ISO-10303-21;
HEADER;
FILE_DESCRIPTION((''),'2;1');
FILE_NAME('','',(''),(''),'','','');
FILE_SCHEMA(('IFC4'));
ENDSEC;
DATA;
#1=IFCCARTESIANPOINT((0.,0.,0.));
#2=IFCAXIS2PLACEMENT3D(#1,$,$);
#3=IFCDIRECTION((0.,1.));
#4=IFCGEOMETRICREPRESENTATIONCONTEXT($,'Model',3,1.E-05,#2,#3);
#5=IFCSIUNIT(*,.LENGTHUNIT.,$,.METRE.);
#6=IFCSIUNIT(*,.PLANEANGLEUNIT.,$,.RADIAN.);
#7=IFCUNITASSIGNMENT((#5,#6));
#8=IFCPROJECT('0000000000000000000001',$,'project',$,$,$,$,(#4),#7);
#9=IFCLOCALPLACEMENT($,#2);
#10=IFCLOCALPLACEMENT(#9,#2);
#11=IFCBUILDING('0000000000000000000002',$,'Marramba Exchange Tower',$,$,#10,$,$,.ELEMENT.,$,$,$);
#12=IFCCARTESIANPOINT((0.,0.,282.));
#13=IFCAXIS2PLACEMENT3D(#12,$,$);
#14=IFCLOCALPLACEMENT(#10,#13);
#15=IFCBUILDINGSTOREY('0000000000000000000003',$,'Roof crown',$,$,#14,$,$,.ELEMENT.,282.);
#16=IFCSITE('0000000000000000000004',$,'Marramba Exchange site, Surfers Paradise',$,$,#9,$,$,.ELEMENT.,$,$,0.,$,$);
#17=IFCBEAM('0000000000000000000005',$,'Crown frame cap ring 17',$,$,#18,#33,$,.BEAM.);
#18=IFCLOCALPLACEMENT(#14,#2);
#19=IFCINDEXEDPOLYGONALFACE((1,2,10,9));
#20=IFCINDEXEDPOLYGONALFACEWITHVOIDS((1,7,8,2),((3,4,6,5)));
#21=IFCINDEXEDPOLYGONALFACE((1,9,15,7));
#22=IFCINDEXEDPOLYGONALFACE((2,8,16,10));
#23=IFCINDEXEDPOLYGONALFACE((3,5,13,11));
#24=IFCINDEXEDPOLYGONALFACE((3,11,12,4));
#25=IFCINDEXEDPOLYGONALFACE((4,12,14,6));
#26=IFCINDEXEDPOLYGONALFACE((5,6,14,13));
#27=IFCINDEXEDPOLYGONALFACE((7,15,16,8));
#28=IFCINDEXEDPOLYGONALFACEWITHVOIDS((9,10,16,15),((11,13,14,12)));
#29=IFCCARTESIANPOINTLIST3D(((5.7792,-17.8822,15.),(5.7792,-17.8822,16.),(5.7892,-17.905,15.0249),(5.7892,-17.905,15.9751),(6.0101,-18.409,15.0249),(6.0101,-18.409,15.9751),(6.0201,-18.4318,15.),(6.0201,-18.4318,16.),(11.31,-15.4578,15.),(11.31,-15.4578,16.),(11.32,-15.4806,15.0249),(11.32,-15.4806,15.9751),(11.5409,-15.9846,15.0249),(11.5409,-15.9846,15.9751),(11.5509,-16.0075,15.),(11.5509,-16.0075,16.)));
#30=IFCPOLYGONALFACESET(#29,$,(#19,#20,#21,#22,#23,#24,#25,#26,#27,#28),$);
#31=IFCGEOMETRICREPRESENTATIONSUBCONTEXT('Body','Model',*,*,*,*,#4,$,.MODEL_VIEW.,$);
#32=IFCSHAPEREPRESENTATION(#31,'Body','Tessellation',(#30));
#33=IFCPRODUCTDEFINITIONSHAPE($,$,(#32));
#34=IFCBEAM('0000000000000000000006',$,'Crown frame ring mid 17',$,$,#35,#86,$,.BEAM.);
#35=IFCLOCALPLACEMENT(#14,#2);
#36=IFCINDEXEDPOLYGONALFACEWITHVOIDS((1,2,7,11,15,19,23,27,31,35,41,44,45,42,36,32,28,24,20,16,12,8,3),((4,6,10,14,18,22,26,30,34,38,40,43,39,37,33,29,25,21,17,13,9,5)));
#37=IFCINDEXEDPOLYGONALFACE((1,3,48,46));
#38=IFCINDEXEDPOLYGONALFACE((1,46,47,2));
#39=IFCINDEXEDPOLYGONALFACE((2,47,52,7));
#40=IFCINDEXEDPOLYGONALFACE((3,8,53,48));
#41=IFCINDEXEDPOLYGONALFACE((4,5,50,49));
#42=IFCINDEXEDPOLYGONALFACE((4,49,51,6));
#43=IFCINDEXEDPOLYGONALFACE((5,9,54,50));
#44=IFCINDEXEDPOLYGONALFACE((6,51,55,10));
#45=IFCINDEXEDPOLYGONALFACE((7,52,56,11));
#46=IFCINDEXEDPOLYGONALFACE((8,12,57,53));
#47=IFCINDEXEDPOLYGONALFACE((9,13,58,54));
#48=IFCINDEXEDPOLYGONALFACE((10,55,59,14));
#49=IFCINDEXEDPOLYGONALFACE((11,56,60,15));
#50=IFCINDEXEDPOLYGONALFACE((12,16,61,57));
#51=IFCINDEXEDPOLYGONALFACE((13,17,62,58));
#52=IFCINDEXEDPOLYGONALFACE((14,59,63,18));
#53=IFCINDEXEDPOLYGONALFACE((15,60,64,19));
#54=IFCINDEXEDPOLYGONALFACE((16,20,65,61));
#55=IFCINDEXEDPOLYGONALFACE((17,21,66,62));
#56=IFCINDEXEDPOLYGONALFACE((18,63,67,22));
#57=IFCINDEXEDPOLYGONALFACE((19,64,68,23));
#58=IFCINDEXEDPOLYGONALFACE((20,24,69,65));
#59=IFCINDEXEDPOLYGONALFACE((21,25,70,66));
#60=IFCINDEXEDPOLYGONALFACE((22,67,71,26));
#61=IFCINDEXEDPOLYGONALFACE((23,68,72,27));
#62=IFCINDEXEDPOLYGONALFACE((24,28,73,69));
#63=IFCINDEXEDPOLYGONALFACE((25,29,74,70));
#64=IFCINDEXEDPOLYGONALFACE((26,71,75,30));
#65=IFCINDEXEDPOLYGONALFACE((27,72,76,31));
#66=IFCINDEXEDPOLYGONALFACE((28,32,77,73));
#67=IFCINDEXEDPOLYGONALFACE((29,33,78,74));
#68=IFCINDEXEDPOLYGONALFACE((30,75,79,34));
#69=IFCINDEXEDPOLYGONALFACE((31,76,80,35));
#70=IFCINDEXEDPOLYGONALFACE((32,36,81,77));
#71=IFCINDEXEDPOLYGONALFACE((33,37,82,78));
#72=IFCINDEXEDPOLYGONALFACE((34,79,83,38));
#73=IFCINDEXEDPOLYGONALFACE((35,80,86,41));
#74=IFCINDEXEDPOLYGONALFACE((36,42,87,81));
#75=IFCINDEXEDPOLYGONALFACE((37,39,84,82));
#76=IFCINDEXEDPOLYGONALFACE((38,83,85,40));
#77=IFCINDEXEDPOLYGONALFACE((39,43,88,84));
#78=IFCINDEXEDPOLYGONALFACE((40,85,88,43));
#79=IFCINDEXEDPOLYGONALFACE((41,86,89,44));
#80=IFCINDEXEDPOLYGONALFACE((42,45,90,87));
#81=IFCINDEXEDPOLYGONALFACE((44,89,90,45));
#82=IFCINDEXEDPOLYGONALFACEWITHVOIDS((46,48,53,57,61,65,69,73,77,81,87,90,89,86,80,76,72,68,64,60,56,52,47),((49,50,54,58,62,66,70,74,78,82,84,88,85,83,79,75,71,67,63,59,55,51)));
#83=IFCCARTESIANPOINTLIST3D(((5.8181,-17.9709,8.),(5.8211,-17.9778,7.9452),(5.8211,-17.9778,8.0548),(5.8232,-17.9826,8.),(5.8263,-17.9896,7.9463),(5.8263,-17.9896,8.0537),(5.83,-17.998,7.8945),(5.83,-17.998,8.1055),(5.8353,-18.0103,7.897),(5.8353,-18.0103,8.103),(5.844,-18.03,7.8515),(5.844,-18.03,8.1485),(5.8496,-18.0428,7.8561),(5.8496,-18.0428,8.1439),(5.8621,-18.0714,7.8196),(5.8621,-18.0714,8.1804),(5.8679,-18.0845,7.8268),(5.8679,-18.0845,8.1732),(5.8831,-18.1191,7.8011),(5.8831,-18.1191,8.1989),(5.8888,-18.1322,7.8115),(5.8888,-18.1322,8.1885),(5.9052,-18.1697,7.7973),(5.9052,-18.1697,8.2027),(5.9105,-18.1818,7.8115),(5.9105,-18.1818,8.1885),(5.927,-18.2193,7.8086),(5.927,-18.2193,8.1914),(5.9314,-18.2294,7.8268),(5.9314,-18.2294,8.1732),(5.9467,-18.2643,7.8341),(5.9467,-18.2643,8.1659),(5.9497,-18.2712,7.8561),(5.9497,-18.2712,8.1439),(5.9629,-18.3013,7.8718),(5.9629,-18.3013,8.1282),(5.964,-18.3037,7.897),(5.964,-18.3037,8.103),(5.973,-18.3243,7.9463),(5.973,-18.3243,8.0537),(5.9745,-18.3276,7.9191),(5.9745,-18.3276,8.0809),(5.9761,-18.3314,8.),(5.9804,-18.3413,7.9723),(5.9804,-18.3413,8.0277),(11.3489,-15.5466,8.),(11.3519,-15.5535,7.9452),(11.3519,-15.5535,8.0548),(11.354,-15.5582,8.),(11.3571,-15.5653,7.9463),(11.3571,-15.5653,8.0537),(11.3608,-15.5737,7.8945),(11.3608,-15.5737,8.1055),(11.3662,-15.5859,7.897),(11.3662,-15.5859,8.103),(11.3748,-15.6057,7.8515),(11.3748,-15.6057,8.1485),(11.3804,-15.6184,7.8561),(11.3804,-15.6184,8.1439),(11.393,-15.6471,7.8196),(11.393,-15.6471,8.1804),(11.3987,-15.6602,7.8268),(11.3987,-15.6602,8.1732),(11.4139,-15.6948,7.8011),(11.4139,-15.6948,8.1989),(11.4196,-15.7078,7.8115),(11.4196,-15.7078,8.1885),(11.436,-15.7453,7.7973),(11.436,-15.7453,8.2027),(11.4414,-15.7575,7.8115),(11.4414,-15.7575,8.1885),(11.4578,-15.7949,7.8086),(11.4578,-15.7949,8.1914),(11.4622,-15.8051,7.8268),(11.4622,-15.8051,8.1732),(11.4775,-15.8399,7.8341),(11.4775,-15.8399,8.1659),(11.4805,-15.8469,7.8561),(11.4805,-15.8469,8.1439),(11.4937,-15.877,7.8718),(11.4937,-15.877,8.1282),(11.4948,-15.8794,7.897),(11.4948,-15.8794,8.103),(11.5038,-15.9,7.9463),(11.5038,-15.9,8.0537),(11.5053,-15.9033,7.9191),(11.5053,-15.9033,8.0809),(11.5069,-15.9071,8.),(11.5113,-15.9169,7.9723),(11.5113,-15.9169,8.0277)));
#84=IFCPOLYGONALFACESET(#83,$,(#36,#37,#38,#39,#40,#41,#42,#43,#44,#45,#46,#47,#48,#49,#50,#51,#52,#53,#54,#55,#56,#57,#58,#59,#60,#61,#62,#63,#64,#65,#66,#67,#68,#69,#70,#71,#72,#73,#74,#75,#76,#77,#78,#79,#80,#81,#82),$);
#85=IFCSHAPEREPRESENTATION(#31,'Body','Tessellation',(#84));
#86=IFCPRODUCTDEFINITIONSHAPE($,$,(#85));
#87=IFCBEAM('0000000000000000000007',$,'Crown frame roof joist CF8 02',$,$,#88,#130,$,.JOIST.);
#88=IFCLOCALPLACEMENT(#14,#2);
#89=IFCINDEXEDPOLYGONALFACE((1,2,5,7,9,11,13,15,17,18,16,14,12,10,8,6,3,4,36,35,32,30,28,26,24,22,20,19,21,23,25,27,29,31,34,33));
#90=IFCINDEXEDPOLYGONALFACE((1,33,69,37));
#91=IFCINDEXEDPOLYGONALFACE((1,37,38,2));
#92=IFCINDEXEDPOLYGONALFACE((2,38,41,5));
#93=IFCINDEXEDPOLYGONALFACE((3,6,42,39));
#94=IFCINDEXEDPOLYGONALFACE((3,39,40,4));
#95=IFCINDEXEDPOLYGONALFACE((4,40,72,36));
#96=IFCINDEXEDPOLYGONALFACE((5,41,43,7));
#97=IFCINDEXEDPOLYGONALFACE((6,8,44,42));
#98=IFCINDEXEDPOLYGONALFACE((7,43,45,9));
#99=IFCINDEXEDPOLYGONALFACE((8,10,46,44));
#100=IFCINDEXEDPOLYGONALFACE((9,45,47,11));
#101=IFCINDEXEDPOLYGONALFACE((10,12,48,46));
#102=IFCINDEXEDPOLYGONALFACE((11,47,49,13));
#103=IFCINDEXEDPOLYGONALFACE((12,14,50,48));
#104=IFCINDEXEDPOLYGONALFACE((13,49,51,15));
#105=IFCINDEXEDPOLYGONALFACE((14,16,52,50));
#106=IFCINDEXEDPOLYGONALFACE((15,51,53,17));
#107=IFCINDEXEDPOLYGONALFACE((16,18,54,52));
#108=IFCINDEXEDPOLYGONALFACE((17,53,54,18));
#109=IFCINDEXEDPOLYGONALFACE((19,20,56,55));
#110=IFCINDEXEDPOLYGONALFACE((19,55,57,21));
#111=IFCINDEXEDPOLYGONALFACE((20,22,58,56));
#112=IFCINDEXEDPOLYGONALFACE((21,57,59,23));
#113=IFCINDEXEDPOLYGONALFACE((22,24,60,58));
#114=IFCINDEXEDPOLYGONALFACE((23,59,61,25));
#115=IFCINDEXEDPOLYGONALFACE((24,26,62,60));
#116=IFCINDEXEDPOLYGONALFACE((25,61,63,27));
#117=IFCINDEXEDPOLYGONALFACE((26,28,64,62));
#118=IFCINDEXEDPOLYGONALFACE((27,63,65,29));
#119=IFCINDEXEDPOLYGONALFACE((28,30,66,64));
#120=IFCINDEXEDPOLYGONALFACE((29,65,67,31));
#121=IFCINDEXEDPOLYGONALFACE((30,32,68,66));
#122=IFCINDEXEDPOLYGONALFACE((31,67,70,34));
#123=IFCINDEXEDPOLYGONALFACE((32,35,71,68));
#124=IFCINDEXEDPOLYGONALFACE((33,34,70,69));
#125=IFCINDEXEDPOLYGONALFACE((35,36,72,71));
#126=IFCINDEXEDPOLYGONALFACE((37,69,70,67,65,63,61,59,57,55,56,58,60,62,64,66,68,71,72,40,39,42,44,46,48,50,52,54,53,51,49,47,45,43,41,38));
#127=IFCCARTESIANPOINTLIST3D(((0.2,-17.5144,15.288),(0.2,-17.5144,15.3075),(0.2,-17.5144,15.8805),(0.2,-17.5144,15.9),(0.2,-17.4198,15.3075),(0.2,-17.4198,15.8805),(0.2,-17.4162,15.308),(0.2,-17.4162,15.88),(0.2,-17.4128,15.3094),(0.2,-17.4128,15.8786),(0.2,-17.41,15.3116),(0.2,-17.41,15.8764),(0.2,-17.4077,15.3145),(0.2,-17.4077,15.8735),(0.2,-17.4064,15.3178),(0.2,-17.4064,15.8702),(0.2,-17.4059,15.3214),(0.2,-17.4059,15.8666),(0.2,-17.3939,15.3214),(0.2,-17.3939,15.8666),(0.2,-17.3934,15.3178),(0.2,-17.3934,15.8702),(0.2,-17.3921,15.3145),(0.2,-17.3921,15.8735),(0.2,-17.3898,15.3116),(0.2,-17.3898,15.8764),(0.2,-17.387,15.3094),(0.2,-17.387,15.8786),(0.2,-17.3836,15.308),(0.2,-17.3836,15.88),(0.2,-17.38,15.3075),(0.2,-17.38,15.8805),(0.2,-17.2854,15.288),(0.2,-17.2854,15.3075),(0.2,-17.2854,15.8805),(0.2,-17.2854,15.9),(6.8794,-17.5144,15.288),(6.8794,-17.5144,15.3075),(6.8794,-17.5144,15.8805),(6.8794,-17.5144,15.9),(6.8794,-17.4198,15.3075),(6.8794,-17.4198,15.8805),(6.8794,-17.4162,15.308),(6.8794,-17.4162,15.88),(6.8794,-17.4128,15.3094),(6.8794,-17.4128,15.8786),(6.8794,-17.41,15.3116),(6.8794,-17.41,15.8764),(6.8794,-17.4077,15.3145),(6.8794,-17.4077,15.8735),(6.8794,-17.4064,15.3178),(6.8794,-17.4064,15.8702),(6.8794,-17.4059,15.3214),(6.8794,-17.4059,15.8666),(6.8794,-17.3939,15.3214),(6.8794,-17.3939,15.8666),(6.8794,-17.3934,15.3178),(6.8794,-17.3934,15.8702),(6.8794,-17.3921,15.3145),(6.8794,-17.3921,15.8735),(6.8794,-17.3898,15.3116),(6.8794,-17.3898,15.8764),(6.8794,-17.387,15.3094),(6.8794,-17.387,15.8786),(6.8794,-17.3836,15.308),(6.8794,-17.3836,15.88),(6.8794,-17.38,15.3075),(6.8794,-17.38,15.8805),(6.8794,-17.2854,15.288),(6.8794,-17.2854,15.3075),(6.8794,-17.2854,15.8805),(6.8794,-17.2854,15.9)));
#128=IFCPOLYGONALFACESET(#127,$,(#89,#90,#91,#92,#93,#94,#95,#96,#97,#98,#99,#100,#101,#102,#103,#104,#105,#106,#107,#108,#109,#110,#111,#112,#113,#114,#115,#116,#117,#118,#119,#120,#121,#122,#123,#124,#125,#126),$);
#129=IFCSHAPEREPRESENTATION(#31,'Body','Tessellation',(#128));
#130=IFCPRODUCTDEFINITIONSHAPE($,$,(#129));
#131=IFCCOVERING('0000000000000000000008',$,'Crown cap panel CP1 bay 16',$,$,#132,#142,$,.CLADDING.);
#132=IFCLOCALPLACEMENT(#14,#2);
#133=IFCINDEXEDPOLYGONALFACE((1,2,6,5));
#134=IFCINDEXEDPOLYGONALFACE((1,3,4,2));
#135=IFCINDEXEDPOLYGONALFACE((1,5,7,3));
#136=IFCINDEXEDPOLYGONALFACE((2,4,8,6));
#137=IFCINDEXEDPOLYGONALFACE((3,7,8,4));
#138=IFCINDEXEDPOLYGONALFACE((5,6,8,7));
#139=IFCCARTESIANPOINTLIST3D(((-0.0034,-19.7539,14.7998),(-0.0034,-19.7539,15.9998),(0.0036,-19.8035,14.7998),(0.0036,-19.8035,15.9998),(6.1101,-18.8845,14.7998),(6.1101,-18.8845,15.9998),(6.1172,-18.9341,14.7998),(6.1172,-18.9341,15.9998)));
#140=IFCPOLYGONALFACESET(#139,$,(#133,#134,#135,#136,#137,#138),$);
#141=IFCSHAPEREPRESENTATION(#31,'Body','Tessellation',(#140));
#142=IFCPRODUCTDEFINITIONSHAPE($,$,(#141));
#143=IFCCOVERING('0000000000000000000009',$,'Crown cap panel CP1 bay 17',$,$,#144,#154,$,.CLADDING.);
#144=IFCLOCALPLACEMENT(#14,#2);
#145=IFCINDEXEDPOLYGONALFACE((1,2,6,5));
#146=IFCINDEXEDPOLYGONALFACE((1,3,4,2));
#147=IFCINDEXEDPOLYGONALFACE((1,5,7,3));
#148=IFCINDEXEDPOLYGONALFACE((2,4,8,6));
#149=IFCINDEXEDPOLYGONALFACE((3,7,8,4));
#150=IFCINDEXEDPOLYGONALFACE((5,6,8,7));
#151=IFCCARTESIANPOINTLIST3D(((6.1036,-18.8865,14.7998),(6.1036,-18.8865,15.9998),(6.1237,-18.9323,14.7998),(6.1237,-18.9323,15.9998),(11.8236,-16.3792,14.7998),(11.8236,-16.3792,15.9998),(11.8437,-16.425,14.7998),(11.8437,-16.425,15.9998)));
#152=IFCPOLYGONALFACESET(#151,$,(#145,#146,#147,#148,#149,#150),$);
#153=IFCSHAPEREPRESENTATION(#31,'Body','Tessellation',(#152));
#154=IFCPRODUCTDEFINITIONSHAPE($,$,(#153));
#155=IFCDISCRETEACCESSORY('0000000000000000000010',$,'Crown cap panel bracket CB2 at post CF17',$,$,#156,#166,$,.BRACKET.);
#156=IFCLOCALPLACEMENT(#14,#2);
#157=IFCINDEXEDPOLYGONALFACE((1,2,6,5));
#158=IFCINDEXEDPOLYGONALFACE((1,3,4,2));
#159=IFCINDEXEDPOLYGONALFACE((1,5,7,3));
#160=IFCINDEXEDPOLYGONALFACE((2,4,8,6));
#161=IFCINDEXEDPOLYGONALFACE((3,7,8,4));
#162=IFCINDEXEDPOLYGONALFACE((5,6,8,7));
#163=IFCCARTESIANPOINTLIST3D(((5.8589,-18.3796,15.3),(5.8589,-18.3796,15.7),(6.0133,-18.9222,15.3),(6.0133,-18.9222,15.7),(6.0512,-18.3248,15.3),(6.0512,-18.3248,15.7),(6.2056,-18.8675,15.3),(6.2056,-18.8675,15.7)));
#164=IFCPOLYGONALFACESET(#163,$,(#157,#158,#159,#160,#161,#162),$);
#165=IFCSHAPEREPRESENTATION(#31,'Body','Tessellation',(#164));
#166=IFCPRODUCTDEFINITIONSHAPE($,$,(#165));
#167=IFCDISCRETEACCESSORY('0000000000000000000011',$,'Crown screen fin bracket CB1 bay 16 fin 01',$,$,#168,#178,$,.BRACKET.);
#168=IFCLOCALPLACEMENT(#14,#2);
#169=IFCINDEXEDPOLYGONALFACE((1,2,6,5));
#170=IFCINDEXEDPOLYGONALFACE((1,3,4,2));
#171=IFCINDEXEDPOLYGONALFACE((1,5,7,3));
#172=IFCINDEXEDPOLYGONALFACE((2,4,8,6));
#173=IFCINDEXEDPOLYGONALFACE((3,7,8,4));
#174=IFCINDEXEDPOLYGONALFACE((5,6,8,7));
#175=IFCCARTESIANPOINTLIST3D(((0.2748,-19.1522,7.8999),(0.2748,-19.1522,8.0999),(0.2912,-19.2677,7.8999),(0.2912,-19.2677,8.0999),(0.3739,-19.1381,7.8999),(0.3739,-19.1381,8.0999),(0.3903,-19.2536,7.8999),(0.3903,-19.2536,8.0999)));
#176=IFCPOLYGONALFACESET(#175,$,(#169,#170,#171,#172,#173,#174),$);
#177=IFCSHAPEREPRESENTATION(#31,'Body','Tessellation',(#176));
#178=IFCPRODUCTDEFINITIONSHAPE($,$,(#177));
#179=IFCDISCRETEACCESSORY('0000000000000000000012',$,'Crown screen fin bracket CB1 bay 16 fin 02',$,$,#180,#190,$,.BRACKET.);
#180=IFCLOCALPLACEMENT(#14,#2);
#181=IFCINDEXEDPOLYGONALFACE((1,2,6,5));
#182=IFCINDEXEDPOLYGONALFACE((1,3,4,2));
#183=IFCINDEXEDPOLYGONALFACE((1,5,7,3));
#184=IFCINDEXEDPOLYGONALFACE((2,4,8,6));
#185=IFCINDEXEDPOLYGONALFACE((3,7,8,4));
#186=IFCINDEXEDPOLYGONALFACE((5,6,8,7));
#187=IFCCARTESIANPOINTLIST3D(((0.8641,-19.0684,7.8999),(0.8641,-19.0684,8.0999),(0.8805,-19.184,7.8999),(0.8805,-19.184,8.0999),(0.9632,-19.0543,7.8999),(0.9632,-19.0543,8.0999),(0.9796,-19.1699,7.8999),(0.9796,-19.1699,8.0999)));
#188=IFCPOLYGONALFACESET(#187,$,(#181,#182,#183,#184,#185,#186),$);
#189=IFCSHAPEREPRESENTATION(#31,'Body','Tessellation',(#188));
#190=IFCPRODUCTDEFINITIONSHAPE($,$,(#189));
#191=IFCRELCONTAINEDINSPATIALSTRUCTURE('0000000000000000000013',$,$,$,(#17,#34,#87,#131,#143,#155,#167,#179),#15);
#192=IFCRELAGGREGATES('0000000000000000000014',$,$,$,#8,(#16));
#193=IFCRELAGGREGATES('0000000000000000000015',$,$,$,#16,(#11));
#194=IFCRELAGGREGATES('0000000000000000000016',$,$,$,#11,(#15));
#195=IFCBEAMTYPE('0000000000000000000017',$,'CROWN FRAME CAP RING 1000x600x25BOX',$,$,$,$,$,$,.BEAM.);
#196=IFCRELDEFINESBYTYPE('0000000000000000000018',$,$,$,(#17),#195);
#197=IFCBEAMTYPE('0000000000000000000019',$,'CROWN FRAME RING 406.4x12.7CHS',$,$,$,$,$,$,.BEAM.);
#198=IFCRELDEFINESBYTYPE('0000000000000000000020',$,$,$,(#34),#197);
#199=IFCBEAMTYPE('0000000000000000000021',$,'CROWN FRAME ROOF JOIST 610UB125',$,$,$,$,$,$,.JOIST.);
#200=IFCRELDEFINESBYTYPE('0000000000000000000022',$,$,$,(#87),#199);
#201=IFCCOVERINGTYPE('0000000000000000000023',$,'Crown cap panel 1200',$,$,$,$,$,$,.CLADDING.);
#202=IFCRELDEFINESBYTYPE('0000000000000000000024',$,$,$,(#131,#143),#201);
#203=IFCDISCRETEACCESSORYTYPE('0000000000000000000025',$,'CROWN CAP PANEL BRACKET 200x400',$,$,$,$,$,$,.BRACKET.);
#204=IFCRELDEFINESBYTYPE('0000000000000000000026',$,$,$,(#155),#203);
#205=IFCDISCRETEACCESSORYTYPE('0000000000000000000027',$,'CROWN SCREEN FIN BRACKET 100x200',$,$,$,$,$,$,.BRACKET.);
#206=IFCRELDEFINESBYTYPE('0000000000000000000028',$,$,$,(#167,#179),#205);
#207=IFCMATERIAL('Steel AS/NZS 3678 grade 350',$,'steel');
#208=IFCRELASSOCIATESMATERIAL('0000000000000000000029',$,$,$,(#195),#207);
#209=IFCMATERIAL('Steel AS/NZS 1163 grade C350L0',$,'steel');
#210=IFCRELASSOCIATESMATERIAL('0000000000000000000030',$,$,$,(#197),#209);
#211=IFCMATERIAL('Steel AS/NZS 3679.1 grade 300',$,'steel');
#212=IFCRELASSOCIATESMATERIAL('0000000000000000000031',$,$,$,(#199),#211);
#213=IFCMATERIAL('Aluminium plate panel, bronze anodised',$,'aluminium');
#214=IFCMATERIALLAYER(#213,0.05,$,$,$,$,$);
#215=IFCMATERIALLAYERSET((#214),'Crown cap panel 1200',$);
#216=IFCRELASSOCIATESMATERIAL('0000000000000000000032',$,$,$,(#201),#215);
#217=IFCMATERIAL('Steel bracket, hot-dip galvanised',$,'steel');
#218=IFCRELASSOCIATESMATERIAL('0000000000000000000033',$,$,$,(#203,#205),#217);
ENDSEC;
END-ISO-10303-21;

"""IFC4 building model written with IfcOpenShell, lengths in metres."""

from ifc_helpers import new_model, si_unit, direction, frame, origin, origin_2d, place, context, subcontext, project, spatial, rectangle, hollow_rectangle, hollow_circle, i_section, extrude, material, layer, layer_set, material_profile, profile_set, type_object, element, save


model = new_model("IFC4")

# Units and contexts
model_context = context("Model", 3, precision=1e-05, world=origin(), true_north=direction((0.0, 1.0)))
body_context = subcontext(model_context, "Body", "Model", "MODEL_VIEW")
ifc_project = project(units=[si_unit("LENGTHUNIT", "METRE"), si_unit("PLANEANGLEUNIT", "RADIAN")], contexts=[model_context])

# Site, building, storey
site_placement = place(None, origin())
site = spatial("IfcSite", under=ifc_project, at=site_placement, Name="Marramba Exchange site, Surfers Paradise", CompositionType="ELEMENT", RefElevation=0.0)
building_placement = place(site_placement, origin())
building = spatial("IfcBuilding", under=site, at=building_placement, Name="Marramba Exchange Tower", CompositionType="ELEMENT")
storey_placement = place(building_placement, frame((0.0, 0.0, 282.0)))
storey = spatial("IfcBuildingStorey", under=building, at=storey_placement, Name="Roof crown", CompositionType="ELEMENT", Elevation=282.0)

# Beams
ifc_material_1 = material(Name="Steel AS/NZS 3678 grade 350", Category="steel")
ifc_material_profile_1 = material_profile(ifc_material_1, hollow_rectangle(XDim=0.6001, YDim=1.0, WallThickness=0.0249, at=origin_2d()), Name="1000x600x25BOX")
ifc_profile_set_1 = profile_set([ifc_material_profile_1], Name="Steel AS/NZS 3678 grade 350")
beam_type_1 = type_object("IfcBeamType", Name="CROWN FRAME CAP RING 1000x600x25BOX", PredefinedType="BEAM", material=ifc_profile_set_1)
beam_1_placement = place(storey_placement, frame((5.8997, -18.157, 15.5), z_axis=(0.915877, 0.401459, 0.0), x_axis=(-0.401459, 0.915877, 0.0)))
element("IfcBeam", 1, at=beam_1_placement, inside=storey, type_object=beam_type_1, Name="Crown frame cap ring 17", PredefinedType="BEAM", context=body_context, shape_type="SweptSolid", body=[
    extrude(hollow_rectangle(XDim=0.6001, YDim=1.0, WallThickness=0.0249, at=origin_2d()), origin(), (0.0, 0.0, 1.0), 6.0388),
])
ifc_material_2 = material(Name="Steel AS/NZS 1163 grade C350L0", Category="steel")
ifc_material_profile_2 = material_profile(ifc_material_2, hollow_circle(Radius=0.2031, WallThickness=0.0127, at=origin_2d()), Name="406.4x12.7CHS")
ifc_profile_set_2 = profile_set([ifc_material_profile_2], Name="Steel AS/NZS 1163 grade C350L0")
beam_type_2 = type_object("IfcBeamType", Name="CROWN FRAME RING 406.4x12.7CHS", PredefinedType="BEAM", material=ifc_profile_set_2)
beam_2_placement = place(storey_placement, frame((5.8997, -18.157, 8.0), z_axis=(0.915877, 0.401459, 0.0), x_axis=(-0.401459, 0.915877, 0.0)))
element("IfcBeam", 2, at=beam_2_placement, inside=storey, type_object=beam_type_2, Name="Crown frame ring mid 17", PredefinedType="BEAM", context=body_context, shape_type="SweptSolid", body=[
    extrude(hollow_circle(Radius=0.2031, WallThickness=0.0127, at=origin_2d()), origin(), (0.0, 0.0, 1.0), 6.0388),
])
ifc_material_3 = material(Name="Steel AS/NZS 3679.1 grade 300", Category="steel")
ifc_material_profile_3 = material_profile(ifc_material_3, i_section(OverallWidth=0.229, OverallDepth=0.6121, WebThickness=0.012, FlangeThickness=0.0195, FilletRadius=0.0139, at=origin_2d()), Name="610UB125")
ifc_profile_set_3 = profile_set([ifc_material_profile_3], Name="Steel AS/NZS 3679.1 grade 300")
beam_type_3 = type_object("IfcBeamType", Name="CROWN FRAME ROOF JOIST 610UB125", PredefinedType="JOIST", material=ifc_profile_set_3)
beam_3_placement = place(storey_placement, frame((0.2, -17.3999, 15.594), z_axis=(1.0, 0.0, 0.0), x_axis=(0.0, 1.0, 0.0)))
element("IfcBeam", 3, at=beam_3_placement, inside=storey, type_object=beam_type_3, Name="Crown frame roof joist CF8 02", PredefinedType="JOIST", context=body_context, shape_type="SweptSolid", body=[
    extrude(i_section(OverallWidth=0.229, OverallDepth=0.6121, WebThickness=0.012, FlangeThickness=0.0195, FilletRadius=0.0139, at=origin_2d()), origin(), (0.0, 0.0, 1.0), 6.6794),
])

# Coverings
ifc_material_4 = material(Name="Aluminium plate panel, bronze anodised", Category="aluminium")
ifc_layer = layer(ifc_material_4, 0.05)
ifc_layer_set = layer_set([ifc_layer], Name="Crown cap panel 1200")
covering_type = type_object("IfcCoveringType", Name="Crown cap panel 1200", PredefinedType="CLADDING", material=ifc_layer_set)
covering_1_placement = place(storey_placement, frame((3.0569, -19.344, 14.7998), z_axis=(0.0, 0.0, 1.0), x_axis=(0.99004, 0.140789, 0.0)))
element("IfcCovering", 4, at=covering_1_placement, inside=storey, type_object=covering_type, Name="Crown cap panel CP1 bay 16", PredefinedType="CLADDING", context=body_context, shape_type="SweptSolid", body=[
    extrude(rectangle(XDim=6.175, YDim=0.05, at=origin_2d()), origin(), (0.0, 0.0, 1.0), 1.2),
])
covering_2_placement = place(storey_placement, frame((8.9736, -17.6558, 14.7998), z_axis=(0.0, 0.0, 1.0), x_axis=(0.915874, 0.401466, 0.0)))
element("IfcCovering", 5, at=covering_2_placement, inside=storey, type_object=covering_type, Name="Crown cap panel CP1 bay 17", PredefinedType="CLADDING", context=body_context, shape_type="SweptSolid", body=[
    extrude(rectangle(XDim=6.2454, YDim=0.05, at=origin_2d()), origin(), (0.0, 0.0, 1.0), 1.2),
])

# Discrete accessories
ifc_material_5 = material(Name="Steel bracket, hot-dip galvanised", Category="steel")
discrete_accessory_type_1 = type_object("IfcDiscreteAccessoryType", Name="CROWN CAP PANEL BRACKET 200x400", PredefinedType="BRACKET", material=ifc_material_5)
discrete_accessory_placement = place(storey_placement, frame((6.0322, -18.6235, 15.3), z_axis=(0.0, 0.0, 1.0), x_axis=(0.273652, -0.961829, 0.0)))
element("IfcDiscreteAccessory", 6, at=discrete_accessory_placement, inside=storey, type_object=discrete_accessory_type_1, Name="Crown cap panel bracket CB2 at post CF17", PredefinedType="BRACKET", context=body_context, shape_type="SweptSolid", body=[
    extrude(rectangle(XDim=0.5642, YDim=0.2, at=origin_2d()), origin(), (0.0, 0.0, 1.0), 0.3999),
])
discrete_accessory_type_2 = type_object("IfcDiscreteAccessoryType", Name="CROWN SCREEN FIN BRACKET 100x200", PredefinedType="BRACKET", material=ifc_material_5)
for number, where, z_axis, x_axis, name in (
    (7, (0.3325, -19.2029, 7.8999), (0.0, 0.0, 1.0), (0.99004, 0.140789, 0.0), "Crown screen fin bracket CB1 bay 16 fin 01"),
    (8, (0.9219, -19.1191, 7.8999), (0.0, 0.0, 1.0), (0.99004, 0.140789, 0.0), "Crown screen fin bracket CB1 bay 16 fin 02"),
):
    element("IfcDiscreteAccessory", number, at=place(storey_placement, frame(where, z_axis=z_axis, x_axis=x_axis)), inside=storey, type_object=discrete_accessory_type_2, Name=name, PredefinedType="BRACKET", context=body_context, shape_type="SweptSolid", body=[
        extrude(rectangle(XDim=0.1001, YDim=0.1167, at=origin_2d()), origin(), (0.0, 0.0, 1.0), 0.2),
    ])

save(model, "model.ifc")
